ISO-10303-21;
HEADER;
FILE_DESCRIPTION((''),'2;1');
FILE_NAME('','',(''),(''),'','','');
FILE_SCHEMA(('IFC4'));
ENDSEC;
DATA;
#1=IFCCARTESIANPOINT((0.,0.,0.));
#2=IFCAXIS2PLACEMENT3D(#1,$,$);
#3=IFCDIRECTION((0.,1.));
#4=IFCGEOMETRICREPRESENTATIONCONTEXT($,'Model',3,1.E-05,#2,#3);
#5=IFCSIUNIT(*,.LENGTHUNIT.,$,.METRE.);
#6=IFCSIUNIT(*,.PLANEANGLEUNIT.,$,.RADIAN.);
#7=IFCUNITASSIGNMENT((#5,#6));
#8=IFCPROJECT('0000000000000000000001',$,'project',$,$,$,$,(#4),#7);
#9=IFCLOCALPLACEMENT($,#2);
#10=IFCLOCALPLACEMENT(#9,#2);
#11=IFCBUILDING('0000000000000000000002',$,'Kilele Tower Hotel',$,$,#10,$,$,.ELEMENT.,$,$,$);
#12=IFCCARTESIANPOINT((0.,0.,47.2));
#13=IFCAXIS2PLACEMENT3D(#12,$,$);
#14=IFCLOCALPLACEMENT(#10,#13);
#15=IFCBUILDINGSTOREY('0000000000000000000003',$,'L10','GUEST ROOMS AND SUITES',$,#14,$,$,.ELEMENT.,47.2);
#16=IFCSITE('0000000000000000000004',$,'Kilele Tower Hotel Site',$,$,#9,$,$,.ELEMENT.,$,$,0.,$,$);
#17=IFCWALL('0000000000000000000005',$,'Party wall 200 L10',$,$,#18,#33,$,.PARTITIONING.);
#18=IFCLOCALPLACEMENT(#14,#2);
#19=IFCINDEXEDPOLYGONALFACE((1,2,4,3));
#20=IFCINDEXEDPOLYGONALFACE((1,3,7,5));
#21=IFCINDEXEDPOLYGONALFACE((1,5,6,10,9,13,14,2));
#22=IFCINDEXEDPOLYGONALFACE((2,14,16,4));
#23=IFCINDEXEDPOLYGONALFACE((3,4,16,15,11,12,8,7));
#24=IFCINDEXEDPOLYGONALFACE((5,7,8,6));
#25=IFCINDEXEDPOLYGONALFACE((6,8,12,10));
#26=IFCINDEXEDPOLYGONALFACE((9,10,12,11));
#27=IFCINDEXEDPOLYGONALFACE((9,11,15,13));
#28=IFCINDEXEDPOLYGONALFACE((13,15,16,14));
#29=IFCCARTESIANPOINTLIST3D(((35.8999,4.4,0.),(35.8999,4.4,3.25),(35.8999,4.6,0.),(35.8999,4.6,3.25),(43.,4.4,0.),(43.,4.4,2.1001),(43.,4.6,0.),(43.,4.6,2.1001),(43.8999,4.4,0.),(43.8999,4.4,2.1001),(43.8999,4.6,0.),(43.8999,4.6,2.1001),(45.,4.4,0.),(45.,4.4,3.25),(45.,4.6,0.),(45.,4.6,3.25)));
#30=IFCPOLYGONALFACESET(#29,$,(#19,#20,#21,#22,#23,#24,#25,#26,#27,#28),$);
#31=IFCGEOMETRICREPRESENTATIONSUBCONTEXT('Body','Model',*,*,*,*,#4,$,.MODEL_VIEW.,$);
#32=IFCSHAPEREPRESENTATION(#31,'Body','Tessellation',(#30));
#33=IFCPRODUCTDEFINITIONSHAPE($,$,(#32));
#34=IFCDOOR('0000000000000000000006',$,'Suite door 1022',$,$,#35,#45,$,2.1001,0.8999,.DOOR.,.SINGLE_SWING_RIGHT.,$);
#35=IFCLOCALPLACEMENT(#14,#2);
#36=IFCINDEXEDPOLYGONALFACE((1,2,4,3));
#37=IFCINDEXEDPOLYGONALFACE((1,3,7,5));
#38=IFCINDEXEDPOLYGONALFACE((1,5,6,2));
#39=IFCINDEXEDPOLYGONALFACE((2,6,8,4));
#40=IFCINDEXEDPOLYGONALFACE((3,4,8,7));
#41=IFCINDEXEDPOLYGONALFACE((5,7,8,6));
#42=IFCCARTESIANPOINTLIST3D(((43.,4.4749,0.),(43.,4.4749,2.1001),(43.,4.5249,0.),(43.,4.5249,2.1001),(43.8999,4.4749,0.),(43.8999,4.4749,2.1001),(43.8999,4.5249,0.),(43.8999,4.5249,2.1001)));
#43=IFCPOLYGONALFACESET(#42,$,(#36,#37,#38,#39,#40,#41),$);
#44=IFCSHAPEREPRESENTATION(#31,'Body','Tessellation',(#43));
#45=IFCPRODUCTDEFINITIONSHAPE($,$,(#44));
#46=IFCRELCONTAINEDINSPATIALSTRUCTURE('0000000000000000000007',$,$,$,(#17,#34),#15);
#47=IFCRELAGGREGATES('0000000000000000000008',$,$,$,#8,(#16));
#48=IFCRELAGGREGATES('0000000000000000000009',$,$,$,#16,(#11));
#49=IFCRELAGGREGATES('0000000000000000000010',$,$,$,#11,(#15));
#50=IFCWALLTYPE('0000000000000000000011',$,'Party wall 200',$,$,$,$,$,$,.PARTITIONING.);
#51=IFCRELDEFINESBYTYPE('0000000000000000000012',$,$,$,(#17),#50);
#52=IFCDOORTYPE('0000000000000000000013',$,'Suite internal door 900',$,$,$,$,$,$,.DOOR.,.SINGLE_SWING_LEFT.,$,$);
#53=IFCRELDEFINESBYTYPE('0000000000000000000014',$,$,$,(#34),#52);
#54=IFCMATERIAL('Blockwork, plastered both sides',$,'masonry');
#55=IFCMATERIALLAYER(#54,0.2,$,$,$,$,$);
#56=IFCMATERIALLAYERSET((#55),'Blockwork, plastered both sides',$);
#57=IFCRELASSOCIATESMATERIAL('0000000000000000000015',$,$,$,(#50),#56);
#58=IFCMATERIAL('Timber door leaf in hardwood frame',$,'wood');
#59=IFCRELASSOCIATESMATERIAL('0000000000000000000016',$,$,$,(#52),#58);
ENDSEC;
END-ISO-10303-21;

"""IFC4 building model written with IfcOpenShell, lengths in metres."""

from ifc_helpers import new_model, si_unit, direction, frame, frame_2d, origin, place, context, subcontext, project, spatial, rectangle, extrude, material, layer, layer_set, type_object, element, fill, save


model = new_model("IFC4")

# Units and contexts
model_context = context("Model", 3, precision=1e-05, world=origin(), true_north=direction((0.0, 1.0)))
body_context = subcontext(model_context, "Body", "Model", "MODEL_VIEW")
ifc_project = project(units=[si_unit("LENGTHUNIT", "METRE"), si_unit("PLANEANGLEUNIT", "RADIAN")], contexts=[model_context])

# Site, building, storey
site_placement = place(None, origin())
site = spatial("IfcSite", under=ifc_project, at=site_placement, Name="Kilele Tower Hotel Site", CompositionType="ELEMENT", RefElevation=0.0)
building_placement = place(site_placement, origin())
building = spatial("IfcBuilding", under=site, at=building_placement, Name="Kilele Tower Hotel", CompositionType="ELEMENT")
storey_placement = place(building_placement, frame((0.0, 0.0, 47.2)))
storey = spatial("IfcBuildingStorey", under=building, at=storey_placement, Name="L10", Description="GUEST ROOMS AND SUITES", CompositionType="ELEMENT", Elevation=47.2)

# Wall, opening, door
ifc_material_1 = material(Name="Blockwork, plastered both sides", Category="masonry")
ifc_layer_1 = layer(ifc_material_1, 0.2)
ifc_layer_set_1 = layer_set([ifc_layer_1], Name="Blockwork, plastered both sides")
wall_type_1 = type_object("IfcWallType", Name="Party wall 200", PredefinedType="PARTITIONING", material=ifc_layer_set_1)
wall_1_placement = place(storey_placement, frame((35.8999, 4.5, 0.0), z_axis=(0.0, 0.0, 1.0), x_axis=(1.0, 0.0, 0.0)))
wall_1 = element("IfcWall", 1, at=wall_1_placement, inside=storey, type_object=wall_type_1, Name="Party wall 200 L10", PredefinedType="PARTITIONING", context=body_context, shape_type="SweptSolid", body=[
    extrude(rectangle(XDim=9.1001, YDim=0.2, at=frame_2d((4.55, 0.0))), origin(), (0.0, 0.0, 1.0), 3.25),
])
opening_1_placement = place(wall_1_placement, frame((7.1001, 0.0, 0.0)))
opening_1 = element("IfcOpeningElement", 2, at=opening_1_placement, cuts=wall_1, PredefinedType="OPENING", context=body_context, shape_type="SweptSolid", body=[
    extrude(rectangle(XDim=0.8999, YDim=2.1001, at=frame_2d((0.45, 1.05))), frame((0.0, 0.1099, 0.0), z_axis=(0.0, -1.0, 0.0), x_axis=(1.0, 0.0, 0.0)), (0.0, 0.0, 1.0), 0.22),
])
ifc_material_2 = material(Name="Timber door leaf in hardwood frame", Category="wood")
door_type_1 = type_object("IfcDoorType", Name="Suite internal door 900", OperationType="SINGLE_SWING_LEFT", PredefinedType="DOOR", material=ifc_material_2)
door_1_placement = place(opening_1_placement, origin())
door_1 = element("IfcDoor", 3, at=door_1_placement, inside=storey, type_object=door_type_1, Name="Suite door 1022", OperationType="SINGLE_SWING_RIGHT", OverallHeight=2.1001, OverallWidth=0.8999, PredefinedType="DOOR", context=body_context, shape_type="SweptSolid", body=[
    extrude(rectangle(XDim=0.8999, YDim=2.1001, at=frame_2d((0.45, 1.05))), frame((0.0, 0.0249, 0.0), z_axis=(0.0, -1.0, 0.0), x_axis=(1.0, 0.0, 0.0)), (0.0, 0.0, 1.0), 0.05),
])
fill(opening_1, door_1)

save(model, "model.ifc")
